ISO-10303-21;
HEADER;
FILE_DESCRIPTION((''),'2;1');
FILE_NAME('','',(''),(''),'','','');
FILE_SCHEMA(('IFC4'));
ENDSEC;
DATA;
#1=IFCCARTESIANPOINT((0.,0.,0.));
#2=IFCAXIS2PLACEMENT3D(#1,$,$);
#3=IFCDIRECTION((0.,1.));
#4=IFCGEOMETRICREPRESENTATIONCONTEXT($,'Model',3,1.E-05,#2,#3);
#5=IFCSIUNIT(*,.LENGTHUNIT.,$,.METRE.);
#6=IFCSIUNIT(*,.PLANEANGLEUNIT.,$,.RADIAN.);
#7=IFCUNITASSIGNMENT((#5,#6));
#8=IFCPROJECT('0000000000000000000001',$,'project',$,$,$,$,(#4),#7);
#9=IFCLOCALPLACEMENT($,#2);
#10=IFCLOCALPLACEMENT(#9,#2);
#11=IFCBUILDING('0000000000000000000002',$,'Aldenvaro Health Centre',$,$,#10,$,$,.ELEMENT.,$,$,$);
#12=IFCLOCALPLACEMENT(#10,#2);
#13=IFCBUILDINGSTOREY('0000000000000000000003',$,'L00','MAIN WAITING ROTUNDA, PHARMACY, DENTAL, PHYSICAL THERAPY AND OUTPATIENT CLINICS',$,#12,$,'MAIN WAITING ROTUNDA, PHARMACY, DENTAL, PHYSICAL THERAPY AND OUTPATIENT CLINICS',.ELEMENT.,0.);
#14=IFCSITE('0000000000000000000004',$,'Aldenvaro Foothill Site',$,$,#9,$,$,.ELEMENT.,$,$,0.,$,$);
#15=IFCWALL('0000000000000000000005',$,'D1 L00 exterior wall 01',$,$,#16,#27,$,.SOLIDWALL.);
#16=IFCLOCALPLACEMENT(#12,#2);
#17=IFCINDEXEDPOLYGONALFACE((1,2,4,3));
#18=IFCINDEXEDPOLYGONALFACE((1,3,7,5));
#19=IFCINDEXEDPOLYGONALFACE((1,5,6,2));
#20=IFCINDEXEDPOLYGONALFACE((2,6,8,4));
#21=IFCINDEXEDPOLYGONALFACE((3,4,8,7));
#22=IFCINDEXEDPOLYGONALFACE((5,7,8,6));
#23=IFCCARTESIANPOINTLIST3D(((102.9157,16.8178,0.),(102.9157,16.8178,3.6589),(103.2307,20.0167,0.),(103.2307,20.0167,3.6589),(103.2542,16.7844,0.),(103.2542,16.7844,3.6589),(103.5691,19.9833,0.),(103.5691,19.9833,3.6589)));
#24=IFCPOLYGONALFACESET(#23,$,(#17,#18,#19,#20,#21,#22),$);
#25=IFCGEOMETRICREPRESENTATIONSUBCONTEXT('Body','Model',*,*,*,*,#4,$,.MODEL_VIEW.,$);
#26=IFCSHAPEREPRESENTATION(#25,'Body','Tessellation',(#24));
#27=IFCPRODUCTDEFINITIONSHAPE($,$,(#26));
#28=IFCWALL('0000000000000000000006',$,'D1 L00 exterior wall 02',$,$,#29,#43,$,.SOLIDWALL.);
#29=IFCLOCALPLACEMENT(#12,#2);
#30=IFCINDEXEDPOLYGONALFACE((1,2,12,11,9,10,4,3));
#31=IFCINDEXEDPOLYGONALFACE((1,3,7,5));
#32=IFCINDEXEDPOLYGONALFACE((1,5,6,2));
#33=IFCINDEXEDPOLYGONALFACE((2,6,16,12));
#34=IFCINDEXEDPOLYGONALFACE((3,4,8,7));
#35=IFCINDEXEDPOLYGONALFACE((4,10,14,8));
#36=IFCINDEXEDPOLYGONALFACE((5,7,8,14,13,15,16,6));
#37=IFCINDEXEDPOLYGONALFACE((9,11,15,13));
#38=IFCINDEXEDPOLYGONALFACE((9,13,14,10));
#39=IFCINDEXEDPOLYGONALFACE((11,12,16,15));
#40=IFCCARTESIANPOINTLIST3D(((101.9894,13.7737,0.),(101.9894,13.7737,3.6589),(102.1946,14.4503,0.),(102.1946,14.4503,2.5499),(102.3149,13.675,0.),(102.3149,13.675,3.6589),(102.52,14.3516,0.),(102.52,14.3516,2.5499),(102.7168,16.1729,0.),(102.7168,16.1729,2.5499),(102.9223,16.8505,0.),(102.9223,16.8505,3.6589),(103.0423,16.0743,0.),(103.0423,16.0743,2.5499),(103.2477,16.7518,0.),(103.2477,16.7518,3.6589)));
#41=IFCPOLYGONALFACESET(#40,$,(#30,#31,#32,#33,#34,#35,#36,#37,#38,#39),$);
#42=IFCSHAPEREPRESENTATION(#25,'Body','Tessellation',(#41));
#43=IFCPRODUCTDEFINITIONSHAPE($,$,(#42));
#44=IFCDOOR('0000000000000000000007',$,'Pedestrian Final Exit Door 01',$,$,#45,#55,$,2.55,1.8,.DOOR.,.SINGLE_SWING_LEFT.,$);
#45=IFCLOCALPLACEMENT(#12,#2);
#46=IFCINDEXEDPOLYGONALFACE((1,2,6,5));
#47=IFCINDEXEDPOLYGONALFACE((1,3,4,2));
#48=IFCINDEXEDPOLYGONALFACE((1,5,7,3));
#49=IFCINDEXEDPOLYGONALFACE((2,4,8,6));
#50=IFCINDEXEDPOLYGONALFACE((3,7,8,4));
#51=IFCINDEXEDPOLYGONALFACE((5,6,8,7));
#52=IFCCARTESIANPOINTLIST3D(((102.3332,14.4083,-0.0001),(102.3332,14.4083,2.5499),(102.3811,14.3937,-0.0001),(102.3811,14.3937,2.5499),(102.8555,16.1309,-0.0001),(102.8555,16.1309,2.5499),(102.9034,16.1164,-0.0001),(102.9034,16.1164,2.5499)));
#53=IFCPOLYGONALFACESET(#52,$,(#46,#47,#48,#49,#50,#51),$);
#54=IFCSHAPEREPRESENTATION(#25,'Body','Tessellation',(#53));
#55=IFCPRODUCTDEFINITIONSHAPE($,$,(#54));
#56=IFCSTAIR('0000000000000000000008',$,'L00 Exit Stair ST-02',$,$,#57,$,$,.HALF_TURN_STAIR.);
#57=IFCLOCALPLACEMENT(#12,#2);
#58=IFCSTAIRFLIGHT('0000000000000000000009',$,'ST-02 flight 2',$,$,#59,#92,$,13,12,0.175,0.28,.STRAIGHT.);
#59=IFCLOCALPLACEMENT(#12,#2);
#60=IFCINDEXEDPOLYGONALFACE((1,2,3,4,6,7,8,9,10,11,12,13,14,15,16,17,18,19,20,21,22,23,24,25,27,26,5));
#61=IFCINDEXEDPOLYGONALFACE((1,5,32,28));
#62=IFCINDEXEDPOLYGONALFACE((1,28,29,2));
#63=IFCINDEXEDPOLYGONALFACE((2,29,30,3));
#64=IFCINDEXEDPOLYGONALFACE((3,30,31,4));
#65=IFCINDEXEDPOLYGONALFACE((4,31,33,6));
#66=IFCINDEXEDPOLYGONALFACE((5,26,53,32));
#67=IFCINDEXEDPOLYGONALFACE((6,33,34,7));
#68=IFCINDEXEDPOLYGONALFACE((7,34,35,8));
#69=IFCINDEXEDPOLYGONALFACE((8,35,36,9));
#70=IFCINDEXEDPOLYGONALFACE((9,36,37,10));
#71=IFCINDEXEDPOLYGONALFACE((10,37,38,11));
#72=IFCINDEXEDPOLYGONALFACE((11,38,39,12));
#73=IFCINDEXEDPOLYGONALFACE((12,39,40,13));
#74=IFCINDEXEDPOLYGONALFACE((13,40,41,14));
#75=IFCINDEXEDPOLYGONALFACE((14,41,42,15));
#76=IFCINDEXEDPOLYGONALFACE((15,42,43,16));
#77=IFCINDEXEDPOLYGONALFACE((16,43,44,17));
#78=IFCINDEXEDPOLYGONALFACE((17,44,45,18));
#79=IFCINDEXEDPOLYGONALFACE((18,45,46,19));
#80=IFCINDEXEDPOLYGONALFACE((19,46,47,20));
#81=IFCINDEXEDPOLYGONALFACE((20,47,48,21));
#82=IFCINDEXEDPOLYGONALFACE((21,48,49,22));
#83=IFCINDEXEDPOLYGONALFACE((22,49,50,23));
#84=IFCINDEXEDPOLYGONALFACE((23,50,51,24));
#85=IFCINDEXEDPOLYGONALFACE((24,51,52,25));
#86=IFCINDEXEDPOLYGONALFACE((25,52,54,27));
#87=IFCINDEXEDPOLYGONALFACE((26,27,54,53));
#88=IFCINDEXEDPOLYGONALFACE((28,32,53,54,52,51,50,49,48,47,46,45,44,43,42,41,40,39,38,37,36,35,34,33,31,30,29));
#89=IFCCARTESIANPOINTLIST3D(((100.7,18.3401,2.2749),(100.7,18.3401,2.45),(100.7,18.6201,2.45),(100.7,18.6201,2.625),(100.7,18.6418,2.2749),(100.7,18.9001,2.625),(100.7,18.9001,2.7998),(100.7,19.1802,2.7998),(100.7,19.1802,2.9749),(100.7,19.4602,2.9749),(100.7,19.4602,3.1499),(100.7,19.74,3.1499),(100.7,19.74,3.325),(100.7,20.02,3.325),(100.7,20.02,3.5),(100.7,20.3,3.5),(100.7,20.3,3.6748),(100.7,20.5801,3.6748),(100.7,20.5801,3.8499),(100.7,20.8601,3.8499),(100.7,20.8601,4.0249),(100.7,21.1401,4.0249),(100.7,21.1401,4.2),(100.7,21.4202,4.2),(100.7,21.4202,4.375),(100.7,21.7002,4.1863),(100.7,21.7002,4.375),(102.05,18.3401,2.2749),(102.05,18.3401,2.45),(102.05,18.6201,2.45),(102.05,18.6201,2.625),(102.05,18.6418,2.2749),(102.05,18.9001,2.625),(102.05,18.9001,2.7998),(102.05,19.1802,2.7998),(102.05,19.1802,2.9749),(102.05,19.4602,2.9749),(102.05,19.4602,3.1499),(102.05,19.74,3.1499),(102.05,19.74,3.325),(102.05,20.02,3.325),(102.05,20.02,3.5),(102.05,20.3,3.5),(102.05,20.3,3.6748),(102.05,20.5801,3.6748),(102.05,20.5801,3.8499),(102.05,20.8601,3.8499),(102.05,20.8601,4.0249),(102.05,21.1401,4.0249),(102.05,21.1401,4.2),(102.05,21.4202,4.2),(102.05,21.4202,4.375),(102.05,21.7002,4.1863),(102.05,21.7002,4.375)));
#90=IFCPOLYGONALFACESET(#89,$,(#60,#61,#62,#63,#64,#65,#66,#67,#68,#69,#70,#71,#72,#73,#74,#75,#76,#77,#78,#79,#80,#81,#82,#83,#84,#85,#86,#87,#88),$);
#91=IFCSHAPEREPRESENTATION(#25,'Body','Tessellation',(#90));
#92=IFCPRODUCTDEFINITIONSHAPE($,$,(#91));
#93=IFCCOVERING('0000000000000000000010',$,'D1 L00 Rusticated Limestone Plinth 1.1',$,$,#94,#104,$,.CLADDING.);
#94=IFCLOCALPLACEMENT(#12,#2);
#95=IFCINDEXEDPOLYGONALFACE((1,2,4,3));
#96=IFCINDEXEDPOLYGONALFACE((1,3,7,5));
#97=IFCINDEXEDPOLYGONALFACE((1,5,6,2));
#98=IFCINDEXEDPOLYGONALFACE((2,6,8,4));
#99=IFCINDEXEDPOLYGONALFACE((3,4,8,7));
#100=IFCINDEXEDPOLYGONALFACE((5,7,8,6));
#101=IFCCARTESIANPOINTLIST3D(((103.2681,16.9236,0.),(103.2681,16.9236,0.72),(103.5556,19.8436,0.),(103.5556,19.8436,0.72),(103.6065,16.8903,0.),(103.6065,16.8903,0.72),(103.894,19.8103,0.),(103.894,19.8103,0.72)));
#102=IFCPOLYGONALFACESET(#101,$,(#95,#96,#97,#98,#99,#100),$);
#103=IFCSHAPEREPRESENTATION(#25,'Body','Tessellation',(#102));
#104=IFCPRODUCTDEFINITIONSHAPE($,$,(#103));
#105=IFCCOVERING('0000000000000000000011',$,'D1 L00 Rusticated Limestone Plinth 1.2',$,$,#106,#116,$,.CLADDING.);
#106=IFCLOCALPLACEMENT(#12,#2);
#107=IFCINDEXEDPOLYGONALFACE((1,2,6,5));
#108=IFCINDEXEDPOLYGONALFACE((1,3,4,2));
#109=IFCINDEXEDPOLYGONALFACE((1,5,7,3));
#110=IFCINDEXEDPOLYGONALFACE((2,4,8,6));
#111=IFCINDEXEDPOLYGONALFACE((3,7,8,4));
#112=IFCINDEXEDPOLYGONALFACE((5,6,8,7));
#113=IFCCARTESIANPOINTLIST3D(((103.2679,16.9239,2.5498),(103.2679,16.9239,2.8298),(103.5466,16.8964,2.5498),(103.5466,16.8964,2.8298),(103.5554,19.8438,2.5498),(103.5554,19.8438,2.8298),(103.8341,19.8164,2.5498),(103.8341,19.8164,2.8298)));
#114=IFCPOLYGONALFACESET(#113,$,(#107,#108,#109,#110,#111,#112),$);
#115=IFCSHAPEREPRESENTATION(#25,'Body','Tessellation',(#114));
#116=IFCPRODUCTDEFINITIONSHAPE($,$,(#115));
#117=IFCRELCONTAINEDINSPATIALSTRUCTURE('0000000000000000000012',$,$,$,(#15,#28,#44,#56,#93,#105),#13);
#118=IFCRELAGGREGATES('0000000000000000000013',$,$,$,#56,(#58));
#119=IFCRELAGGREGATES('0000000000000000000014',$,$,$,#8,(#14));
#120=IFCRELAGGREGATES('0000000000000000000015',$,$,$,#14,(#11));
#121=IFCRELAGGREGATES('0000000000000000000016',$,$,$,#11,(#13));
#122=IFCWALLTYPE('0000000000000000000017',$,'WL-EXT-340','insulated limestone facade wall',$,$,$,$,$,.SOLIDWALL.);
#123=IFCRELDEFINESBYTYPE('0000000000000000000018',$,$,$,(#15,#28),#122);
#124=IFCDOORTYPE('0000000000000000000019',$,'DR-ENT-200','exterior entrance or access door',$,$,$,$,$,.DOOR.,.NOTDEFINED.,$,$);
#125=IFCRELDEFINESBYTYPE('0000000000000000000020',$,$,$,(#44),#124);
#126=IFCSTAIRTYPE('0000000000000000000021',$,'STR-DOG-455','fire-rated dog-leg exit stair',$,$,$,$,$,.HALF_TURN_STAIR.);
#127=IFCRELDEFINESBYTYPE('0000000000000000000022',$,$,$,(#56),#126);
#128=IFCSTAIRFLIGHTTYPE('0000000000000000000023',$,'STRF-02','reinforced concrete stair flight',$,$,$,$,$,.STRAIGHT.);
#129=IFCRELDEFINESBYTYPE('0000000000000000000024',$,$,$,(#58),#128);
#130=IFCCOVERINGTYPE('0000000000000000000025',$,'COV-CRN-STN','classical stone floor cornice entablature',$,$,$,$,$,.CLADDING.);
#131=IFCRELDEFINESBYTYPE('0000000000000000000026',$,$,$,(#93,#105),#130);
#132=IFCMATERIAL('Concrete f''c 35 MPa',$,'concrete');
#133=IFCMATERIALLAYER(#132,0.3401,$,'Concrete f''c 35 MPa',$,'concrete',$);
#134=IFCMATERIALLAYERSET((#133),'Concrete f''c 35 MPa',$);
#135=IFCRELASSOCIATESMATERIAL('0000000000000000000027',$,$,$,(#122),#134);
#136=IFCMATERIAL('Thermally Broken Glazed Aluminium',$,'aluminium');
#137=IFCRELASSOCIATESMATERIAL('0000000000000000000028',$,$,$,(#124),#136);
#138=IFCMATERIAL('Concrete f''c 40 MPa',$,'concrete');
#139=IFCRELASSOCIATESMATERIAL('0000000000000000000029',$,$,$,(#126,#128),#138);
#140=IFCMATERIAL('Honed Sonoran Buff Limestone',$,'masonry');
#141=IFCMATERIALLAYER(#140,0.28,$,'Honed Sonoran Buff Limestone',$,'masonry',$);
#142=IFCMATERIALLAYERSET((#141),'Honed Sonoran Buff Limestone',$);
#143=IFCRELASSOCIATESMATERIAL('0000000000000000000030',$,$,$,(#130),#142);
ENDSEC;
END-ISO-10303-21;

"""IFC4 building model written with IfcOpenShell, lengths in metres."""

from ifc_helpers import new_model, si_unit, direction, frame, frame_2d, origin, origin_2d, place, context, subcontext, project, spatial, polyline, rectangle, outline, extrude, material, layer, layer_set, type_object, element, fill, aggregate, save


model = new_model("IFC4")

# Units and contexts
model_context = context("Model", 3, precision=1e-05, world=origin(), true_north=direction((0.0, 1.0)))
body_context = subcontext(model_context, "Body", "Model", "MODEL_VIEW")
ifc_project = project(units=[si_unit("LENGTHUNIT", "METRE"), si_unit("PLANEANGLEUNIT", "RADIAN")], contexts=[model_context])

# Site, building, storey
site_placement = place(None, origin())
site = spatial("IfcSite", under=ifc_project, at=site_placement, Name="Aldenvaro Foothill Site", CompositionType="ELEMENT", RefElevation=0.0)
building_placement = place(site_placement, origin())
building = spatial("IfcBuilding", under=site, at=building_placement, Name="Aldenvaro Health Centre", CompositionType="ELEMENT")
storey_placement = place(building_placement, origin())
storey = spatial("IfcBuildingStorey", under=building, at=storey_placement, Name="L00", Description="MAIN WAITING ROTUNDA, PHARMACY, DENTAL, PHYSICAL THERAPY AND OUTPATIENT CLINICS", LongName="MAIN WAITING ROTUNDA, PHARMACY, DENTAL, PHYSICAL THERAPY AND OUTPATIENT CLINICS", CompositionType="ELEMENT", Elevation=0.0)

# Shared definitions
ifc_material_1 = material(Name="Concrete f'c 40 MPa", Category="concrete")

# Wall
ifc_material_2 = material(Name="Concrete f'c 35 MPa", Category="concrete")
ifc_layer_1 = layer(ifc_material_2, 0.3401, Name="Concrete f'c 35 MPa", Category="concrete")
ifc_layer_set_1 = layer_set([ifc_layer_1], Name="Concrete f'c 35 MPa")
wall_type = type_object("IfcWallType", Name="WL-EXT-340", Description="insulated limestone facade wall", PredefinedType="SOLIDWALL", material=ifc_layer_set_1)
wall_1_placement = place(storey_placement, frame((103.3999, 20.0, 0.0), z_axis=(0.0, 0.0, 1.0), x_axis=(-0.097977, -0.995189, 0.0)))
element("IfcWall", 1, at=wall_1_placement, inside=storey, type_object=wall_type, Name="D1 L00 exterior wall 01", PredefinedType="SOLIDWALL", context=body_context, shape_type="SweptSolid", body=[
    extrude(rectangle(XDim=3.2144, YDim=0.3401, at=frame_2d((1.6072, 0.0))), origin(), (0.0, 0.0, 1.0), 3.6589),
])

# Wall, opening, door
wall_2_placement = place(storey_placement, frame((103.085, 16.801, 0.0), z_axis=(0.0, 0.0, 1.0), x_axis=(-0.29014, -0.956984, 0.0)))
wall_2 = element("IfcWall", 2, at=wall_2_placement, inside=storey, type_object=wall_type, Name="D1 L00 exterior wall 02", PredefinedType="SOLIDWALL", context=body_context, shape_type="SweptSolid", body=[
    extrude(rectangle(XDim=3.2151, YDim=0.3401, at=frame_2d((1.6074, 0.0))), origin(), (0.0, 0.0, 1.0), 3.6589),
])
opening_placement = place(wall_2_placement, frame((0.708, 0.0, 0.0)))
opening = element("IfcOpeningElement", 3, at=opening_placement, cuts=wall_2, PredefinedType="OPENING", context=body_context, shape_type="SweptSolid", body=[
    extrude(rectangle(XDim=1.8, YDim=2.55, at=frame_2d((0.8999, 1.2749))), frame((0.0, 0.1802, 0.0), z_axis=(0.0, -1.0, 0.0), x_axis=(1.0, 0.0, 0.0)), (0.0, 0.0, 1.0), 0.3601),
])
ifc_material_3 = material(Name="Thermally Broken Glazed Aluminium", Category="aluminium")
door_type = type_object("IfcDoorType", Name="DR-ENT-200", Description="exterior entrance or access door", OperationType="NOTDEFINED", PredefinedType="DOOR", material=ifc_material_3)
door_placement = place(opening_placement, origin())
door = element("IfcDoor", 4, at=door_placement, inside=storey, type_object=door_type, Name="Pedestrian Final Exit Door 01", OperationType="SINGLE_SWING_LEFT", OverallHeight=2.55, OverallWidth=1.8, PredefinedType="DOOR", context=body_context, shape_type="SweptSolid", body=[
    extrude(rectangle(XDim=1.8, YDim=2.55, at=frame_2d((0.8999, 1.2749))), frame((0.0, 0.0249, 0.0), z_axis=(0.0, -1.0, 0.0), x_axis=(1.0, 0.0, 0.0)), (0.0, 0.0, 1.0), 0.05),
])
fill(opening, door)

# Stair, stair flight
stair_type = type_object("IfcStairType", Name="STR-DOG-455", Description="fire-rated dog-leg exit stair", PredefinedType="HALF_TURN_STAIR", material=ifc_material_1)
stair_placement = place(storey_placement, origin())
stair = element("IfcStair", 5, at=stair_placement, inside=storey, type_object=stair_type, Name="L00 Exit Stair ST-02", PredefinedType="HALF_TURN_STAIR")
stair_flight_type = type_object("IfcStairFlightType", Name="STRF-02", Description="reinforced concrete stair flight", PredefinedType="STRAIGHT", material=ifc_material_1)
stair_flight_placement = place(storey_placement, frame((101.375, 18.3401, 2.2749), z_axis=(0.0, 0.0, 1.0), x_axis=(0.0, 1.0, 0.0)))
stair_flight = element("IfcStairFlight", 6, at=stair_flight_placement, type_object=stair_flight_type, Name="ST-02 flight 2", NumberOfRisers=13, NumberOfTreads=12, PredefinedType="STRAIGHT", RiserHeight=0.175, TreadLength=0.28, context=body_context, shape_type="SweptSolid", body=[
    extrude(outline(polyline([(0.0, 0.0), (0.0, 0.175), (0.28, 0.175), (0.28, 0.3501), (0.5601, 0.3501), (0.5601, 0.5249), (0.8401, 0.5249), (0.8401, 0.7), (1.1201, 0.7), (1.1201, 0.875), (1.3999, 0.875), (1.3999, 1.05), (1.6799, 1.05), (1.6799, 1.2251), (1.96, 1.2251), (1.96, 1.3999), (2.24, 1.3999), (2.24, 1.575), (2.52, 1.575), (2.52, 1.75), (2.8, 1.75), (2.8, 1.925), (3.0801, 1.925), (3.0801, 2.1001), (3.3601, 2.1001), (3.3601, 2.2749), (3.3601, 1.9114), (0.3018, 0.0), (0.0, 0.0)])), frame((0.0, 0.675, 0.0), z_axis=(0.0, -1.0, 0.0), x_axis=(1.0, 0.0, 0.0)), (0.0, 0.0, 1.0), 1.3501),
])
aggregate(stair, [stair_flight])

# Coverings
ifc_material_4 = material(Name="Honed Sonoran Buff Limestone", Category="masonry")
ifc_layer_2 = layer(ifc_material_4, 0.28, Name="Honed Sonoran Buff Limestone", Category="masonry")
ifc_layer_set_2 = layer_set([ifc_layer_2], Name="Honed Sonoran Buff Limestone")
covering_type = type_object("IfcCoveringType", Name="COV-CRN-STN", Description="classical stone floor cornice entablature", PredefinedType="CLADDING", material=ifc_layer_set_2)
covering_1_placement = place(storey_placement, frame((103.5811, 18.3669, 0.0), z_axis=(0.0, 0.0, 1.0), x_axis=(-0.097994, -0.995187, 0.0)))
element("IfcCovering", 7, at=covering_1_placement, inside=storey, type_object=covering_type, Name="D1 L00 Rusticated Limestone Plinth 1.1", PredefinedType="CLADDING", context=body_context, shape_type="SweptSolid", body=[
    extrude(rectangle(XDim=2.9341, YDim=0.3401, at=origin_2d()), origin(), (0.0, 0.0, 1.0), 0.72),
])
covering_2_placement = place(storey_placement, frame((103.551, 18.3701, 2.5498), z_axis=(0.0, 0.0, 1.0), x_axis=(-0.097994, -0.995187, 0.0)))
element("IfcCovering", 8, at=covering_2_placement, inside=storey, type_object=covering_type, Name="D1 L00 Rusticated Limestone Plinth 1.2", PredefinedType="CLADDING", context=body_context, shape_type="SweptSolid", body=[
    extrude(rectangle(XDim=2.9341, YDim=0.28, at=origin_2d()), origin(), (0.0, 0.0, 1.0), 0.28),
])

save(model, "model.ifc")
